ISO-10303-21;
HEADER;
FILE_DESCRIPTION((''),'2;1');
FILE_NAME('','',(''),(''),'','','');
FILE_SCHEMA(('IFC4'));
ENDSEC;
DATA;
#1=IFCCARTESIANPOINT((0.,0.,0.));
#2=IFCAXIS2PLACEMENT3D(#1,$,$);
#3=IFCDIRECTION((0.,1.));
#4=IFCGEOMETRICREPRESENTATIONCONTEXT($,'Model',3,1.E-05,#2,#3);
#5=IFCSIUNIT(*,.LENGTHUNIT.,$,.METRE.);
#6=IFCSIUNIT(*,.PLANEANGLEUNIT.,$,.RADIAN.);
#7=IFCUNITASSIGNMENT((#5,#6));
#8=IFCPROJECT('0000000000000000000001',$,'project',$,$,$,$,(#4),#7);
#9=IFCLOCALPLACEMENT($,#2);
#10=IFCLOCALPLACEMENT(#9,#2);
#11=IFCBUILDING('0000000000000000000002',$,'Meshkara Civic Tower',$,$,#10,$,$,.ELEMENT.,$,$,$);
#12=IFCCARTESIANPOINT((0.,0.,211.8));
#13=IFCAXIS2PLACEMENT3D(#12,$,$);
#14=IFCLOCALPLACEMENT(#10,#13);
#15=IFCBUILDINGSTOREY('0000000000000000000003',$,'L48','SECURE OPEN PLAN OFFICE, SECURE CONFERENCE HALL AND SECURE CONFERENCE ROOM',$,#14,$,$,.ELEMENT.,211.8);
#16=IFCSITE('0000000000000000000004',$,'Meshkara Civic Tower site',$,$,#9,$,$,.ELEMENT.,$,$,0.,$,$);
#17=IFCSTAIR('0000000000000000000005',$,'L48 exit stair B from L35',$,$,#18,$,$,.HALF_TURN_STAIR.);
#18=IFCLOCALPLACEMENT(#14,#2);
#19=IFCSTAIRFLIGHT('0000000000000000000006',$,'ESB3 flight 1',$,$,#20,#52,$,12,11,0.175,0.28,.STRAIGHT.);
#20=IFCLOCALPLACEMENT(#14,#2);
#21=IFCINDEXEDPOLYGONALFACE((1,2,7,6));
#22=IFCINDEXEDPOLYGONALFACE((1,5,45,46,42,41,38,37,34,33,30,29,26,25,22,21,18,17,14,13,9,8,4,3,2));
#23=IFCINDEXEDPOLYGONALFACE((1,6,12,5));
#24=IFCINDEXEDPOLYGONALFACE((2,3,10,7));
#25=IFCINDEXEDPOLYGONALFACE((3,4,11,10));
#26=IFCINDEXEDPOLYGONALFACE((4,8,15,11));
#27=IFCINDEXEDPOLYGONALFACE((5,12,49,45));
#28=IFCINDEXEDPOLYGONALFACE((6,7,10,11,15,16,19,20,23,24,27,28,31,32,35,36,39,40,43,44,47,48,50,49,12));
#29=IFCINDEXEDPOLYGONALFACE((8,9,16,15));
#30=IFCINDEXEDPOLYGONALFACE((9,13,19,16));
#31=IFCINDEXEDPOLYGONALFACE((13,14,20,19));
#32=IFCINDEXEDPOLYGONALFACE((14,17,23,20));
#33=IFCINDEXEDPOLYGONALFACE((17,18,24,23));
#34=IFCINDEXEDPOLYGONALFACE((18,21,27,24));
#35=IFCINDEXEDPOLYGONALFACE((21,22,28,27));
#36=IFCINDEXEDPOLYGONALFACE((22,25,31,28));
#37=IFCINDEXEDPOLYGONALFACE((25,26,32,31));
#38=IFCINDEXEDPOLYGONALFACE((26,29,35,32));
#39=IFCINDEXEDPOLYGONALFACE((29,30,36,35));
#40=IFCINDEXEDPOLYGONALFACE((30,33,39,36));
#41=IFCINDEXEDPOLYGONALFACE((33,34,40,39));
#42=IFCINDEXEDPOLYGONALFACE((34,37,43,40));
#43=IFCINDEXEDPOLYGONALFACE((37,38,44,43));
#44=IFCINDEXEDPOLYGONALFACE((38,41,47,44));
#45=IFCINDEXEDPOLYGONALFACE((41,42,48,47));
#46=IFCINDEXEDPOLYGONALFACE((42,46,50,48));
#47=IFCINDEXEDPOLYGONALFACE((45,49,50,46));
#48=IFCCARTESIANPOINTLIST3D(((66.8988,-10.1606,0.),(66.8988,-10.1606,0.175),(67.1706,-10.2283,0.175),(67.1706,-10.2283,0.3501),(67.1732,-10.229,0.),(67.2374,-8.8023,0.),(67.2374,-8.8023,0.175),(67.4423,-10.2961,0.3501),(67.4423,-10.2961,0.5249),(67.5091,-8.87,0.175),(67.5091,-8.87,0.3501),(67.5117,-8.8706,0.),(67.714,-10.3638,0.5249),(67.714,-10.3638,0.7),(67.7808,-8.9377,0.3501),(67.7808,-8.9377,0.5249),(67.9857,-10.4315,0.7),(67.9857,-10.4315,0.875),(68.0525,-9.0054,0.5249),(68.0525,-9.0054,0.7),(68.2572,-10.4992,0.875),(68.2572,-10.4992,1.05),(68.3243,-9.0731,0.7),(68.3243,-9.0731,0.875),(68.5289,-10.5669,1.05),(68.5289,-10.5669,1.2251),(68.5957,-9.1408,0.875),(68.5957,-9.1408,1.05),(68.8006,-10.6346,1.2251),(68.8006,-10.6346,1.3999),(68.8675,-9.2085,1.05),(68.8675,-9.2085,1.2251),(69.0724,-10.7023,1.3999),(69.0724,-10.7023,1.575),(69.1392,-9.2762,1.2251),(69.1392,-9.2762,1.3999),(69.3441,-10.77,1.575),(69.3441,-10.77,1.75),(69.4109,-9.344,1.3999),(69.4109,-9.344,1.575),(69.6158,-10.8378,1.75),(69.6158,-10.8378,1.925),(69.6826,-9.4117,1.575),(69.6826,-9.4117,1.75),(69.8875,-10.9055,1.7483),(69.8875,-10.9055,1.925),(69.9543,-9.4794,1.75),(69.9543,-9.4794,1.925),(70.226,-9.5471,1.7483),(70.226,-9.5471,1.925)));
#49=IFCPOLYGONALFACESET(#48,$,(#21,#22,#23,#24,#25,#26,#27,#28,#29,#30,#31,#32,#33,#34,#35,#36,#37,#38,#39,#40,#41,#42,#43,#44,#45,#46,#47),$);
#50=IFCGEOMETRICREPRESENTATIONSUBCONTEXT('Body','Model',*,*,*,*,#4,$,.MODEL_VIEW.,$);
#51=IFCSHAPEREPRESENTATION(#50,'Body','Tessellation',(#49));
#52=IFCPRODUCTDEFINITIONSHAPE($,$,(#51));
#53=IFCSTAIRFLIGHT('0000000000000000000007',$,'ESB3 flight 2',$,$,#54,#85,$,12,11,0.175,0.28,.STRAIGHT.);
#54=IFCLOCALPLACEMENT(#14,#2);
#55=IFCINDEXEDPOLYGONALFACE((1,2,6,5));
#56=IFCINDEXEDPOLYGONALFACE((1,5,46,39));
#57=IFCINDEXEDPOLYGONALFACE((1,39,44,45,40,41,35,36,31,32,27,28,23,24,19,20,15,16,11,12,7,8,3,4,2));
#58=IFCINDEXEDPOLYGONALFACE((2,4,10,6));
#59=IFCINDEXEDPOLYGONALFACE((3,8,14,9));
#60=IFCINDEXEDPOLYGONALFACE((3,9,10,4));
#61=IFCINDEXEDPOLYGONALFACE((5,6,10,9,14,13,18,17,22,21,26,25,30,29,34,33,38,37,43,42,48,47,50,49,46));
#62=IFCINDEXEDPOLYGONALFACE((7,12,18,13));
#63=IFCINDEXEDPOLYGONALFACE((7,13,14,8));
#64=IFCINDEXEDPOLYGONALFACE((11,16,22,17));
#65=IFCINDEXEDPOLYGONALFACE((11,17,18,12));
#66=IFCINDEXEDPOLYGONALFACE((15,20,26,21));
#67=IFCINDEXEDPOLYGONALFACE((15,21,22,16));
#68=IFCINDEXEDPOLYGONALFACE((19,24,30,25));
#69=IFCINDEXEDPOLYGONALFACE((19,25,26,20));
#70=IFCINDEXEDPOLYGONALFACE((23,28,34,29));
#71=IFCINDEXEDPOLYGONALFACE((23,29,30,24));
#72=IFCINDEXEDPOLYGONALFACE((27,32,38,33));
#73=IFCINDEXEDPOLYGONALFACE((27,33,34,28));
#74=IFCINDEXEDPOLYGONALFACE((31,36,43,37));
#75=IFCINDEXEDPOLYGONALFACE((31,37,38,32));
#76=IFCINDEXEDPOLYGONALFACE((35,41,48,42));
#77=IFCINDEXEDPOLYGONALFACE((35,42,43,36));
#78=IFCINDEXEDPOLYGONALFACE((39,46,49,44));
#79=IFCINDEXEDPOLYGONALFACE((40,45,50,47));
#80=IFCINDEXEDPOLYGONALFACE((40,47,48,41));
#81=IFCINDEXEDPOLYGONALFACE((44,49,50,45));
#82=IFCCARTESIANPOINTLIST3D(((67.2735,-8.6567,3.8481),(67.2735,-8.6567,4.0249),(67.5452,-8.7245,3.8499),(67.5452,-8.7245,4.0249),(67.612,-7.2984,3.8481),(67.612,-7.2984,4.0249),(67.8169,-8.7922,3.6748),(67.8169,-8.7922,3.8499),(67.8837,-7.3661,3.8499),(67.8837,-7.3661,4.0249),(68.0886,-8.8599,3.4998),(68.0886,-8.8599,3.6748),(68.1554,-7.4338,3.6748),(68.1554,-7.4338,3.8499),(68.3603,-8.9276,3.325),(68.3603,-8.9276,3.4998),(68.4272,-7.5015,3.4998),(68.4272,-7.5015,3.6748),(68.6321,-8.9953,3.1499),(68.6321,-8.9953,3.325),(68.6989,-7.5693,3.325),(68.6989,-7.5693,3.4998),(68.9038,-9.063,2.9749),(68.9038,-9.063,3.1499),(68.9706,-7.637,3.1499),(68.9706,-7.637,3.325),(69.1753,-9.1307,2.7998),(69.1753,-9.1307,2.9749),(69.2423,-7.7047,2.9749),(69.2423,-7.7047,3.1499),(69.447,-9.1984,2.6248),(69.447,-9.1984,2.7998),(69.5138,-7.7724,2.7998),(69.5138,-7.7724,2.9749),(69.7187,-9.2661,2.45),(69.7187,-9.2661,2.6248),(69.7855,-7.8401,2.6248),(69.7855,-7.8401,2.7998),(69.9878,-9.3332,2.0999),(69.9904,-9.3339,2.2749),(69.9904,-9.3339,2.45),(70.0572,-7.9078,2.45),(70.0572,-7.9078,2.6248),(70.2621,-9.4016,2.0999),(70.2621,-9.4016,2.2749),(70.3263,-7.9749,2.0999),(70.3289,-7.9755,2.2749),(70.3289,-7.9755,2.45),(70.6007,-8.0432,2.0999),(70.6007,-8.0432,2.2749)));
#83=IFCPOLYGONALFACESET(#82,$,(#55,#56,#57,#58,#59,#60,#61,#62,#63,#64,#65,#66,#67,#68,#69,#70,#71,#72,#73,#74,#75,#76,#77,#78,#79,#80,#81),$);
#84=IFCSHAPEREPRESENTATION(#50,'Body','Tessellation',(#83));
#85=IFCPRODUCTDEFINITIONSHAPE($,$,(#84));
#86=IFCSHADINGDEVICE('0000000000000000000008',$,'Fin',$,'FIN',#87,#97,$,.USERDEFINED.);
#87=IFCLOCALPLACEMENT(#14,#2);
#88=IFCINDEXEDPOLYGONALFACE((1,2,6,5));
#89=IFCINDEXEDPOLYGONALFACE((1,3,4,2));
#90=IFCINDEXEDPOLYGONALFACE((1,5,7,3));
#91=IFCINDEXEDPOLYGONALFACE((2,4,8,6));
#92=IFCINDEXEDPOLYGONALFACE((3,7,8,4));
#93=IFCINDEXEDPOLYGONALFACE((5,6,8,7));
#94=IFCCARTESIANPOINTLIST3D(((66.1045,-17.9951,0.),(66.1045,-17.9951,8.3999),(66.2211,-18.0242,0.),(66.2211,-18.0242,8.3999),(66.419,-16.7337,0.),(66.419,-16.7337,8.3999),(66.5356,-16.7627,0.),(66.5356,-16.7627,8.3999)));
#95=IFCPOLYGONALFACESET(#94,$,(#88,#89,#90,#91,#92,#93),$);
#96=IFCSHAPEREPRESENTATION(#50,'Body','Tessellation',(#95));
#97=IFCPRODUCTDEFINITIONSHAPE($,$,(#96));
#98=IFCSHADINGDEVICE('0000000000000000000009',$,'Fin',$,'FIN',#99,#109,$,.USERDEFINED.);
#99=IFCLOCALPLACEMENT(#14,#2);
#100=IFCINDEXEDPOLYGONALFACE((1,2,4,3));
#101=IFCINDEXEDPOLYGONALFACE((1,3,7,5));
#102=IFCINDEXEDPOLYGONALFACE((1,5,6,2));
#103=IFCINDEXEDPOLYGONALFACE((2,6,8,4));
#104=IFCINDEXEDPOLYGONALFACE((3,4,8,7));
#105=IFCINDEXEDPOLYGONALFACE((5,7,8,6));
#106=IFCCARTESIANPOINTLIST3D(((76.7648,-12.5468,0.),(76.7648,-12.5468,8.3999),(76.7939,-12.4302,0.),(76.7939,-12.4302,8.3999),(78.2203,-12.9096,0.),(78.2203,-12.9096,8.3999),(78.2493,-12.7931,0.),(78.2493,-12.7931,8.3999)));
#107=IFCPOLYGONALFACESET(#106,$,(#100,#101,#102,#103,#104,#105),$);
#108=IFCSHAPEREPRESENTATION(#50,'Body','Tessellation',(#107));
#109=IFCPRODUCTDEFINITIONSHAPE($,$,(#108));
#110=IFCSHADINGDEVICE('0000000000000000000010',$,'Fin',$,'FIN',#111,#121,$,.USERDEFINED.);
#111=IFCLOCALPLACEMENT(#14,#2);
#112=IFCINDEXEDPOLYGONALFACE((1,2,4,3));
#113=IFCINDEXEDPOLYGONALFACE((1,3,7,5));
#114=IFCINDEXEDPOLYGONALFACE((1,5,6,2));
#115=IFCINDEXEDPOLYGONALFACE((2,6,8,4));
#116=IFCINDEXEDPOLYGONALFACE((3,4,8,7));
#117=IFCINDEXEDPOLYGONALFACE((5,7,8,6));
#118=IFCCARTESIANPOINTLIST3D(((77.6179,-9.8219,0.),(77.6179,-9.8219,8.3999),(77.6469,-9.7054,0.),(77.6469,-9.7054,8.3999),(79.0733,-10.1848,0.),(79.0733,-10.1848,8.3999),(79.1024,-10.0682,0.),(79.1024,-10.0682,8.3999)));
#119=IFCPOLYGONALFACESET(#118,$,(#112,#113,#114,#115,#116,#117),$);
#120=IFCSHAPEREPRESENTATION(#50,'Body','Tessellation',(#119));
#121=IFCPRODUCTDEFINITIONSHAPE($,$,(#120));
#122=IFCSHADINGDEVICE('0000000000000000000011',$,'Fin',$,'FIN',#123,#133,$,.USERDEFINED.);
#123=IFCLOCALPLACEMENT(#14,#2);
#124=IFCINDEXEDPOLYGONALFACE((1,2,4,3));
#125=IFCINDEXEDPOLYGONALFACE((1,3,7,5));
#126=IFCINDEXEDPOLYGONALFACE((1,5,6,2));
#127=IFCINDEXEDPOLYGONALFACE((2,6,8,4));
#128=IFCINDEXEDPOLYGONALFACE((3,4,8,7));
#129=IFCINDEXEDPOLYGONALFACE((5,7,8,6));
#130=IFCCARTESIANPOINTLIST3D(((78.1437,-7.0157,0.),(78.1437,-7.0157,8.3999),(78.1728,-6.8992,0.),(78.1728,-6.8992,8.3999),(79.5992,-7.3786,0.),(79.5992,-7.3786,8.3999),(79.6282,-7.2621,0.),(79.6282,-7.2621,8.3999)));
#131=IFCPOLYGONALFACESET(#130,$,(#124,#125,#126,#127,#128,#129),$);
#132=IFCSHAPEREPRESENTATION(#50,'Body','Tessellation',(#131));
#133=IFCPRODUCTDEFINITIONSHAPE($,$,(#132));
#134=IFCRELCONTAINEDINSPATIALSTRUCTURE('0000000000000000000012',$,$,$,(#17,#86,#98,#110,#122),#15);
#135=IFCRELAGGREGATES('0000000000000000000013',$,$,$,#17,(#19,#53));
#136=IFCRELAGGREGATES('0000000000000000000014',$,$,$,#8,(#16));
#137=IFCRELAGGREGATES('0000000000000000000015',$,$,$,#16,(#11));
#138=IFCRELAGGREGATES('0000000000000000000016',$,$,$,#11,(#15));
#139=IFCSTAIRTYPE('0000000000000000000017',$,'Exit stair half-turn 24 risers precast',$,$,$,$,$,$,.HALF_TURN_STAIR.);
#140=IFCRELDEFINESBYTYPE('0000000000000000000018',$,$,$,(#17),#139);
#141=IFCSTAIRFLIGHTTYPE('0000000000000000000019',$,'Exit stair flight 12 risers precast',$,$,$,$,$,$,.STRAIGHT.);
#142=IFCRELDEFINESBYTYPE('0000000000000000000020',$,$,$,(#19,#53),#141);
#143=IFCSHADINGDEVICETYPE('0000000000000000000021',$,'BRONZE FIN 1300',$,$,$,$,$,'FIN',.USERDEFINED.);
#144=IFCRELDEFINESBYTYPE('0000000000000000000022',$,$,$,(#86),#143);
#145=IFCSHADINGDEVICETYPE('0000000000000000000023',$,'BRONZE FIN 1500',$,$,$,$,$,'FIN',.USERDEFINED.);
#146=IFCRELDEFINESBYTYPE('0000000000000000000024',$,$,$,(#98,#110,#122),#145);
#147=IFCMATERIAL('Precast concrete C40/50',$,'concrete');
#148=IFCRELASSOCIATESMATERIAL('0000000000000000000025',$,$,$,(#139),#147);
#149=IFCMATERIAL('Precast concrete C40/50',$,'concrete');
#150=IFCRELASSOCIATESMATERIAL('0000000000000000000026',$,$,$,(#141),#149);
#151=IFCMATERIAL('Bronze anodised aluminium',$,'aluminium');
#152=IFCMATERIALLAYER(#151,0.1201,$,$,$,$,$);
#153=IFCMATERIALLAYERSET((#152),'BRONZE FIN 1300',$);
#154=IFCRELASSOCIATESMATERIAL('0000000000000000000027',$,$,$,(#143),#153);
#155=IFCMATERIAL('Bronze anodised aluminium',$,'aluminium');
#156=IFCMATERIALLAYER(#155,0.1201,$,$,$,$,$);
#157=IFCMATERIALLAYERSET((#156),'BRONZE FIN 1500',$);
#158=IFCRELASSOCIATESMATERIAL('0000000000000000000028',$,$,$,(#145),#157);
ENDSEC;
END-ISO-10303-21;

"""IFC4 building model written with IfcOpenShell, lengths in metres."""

from ifc_helpers import new_model, si_unit, direction, frame, origin, origin_2d, place, context, subcontext, project, spatial, polyline, rectangle, outline, extrude, material, layer, layer_set, type_object, element, aggregate, save


model = new_model("IFC4")

# Units and contexts
model_context = context("Model", 3, precision=1e-05, world=origin(), true_north=direction((0.0, 1.0)))
body_context = subcontext(model_context, "Body", "Model", "MODEL_VIEW")
ifc_project = project(units=[si_unit("LENGTHUNIT", "METRE"), si_unit("PLANEANGLEUNIT", "RADIAN")], contexts=[model_context])

# Site, building, storey
site_placement = place(None, origin())
site = spatial("IfcSite", under=ifc_project, at=site_placement, Name="Meshkara Civic Tower site", CompositionType="ELEMENT", RefElevation=0.0)
building_placement = place(site_placement, origin())
building = spatial("IfcBuilding", under=site, at=building_placement, Name="Meshkara Civic Tower", CompositionType="ELEMENT")
storey_placement = place(building_placement, frame((0.0, 0.0, 211.8)))
storey = spatial("IfcBuildingStorey", under=building, at=storey_placement, Name="L48", Description="SECURE OPEN PLAN OFFICE, SECURE CONFERENCE HALL AND SECURE CONFERENCE ROOM", CompositionType="ELEMENT", Elevation=211.8)

# Stair, stair flights
ifc_material_1 = material(Name="Precast concrete C40/50", Category="concrete")
stair_type = type_object("IfcStairType", Name="Exit stair half-turn 24 risers precast", PredefinedType="HALF_TURN_STAIR", material=ifc_material_1)
stair_placement = place(storey_placement, origin())
stair = element("IfcStair", 1, at=stair_placement, inside=storey, type_object=stair_type, Name="L48 exit stair B from L35", PredefinedType="HALF_TURN_STAIR")
ifc_material_2 = material(Name="Precast concrete C40/50", Category="concrete")
stair_flight_type = type_object("IfcStairFlightType", Name="Exit stair flight 12 risers precast", PredefinedType="STRAIGHT", material=ifc_material_2)
stair_flight_1_placement = place(storey_placement, frame((67.0681, -9.4814, 0.0), z_axis=(0.0, 0.0, 1.0), x_axis=(0.970319, -0.24183, 0.0)))
stair_flight_1 = element("IfcStairFlight", 2, at=stair_flight_1_placement, type_object=stair_flight_type, Name="ESB3 flight 1", NumberOfRisers=12, NumberOfTreads=11, PredefinedType="STRAIGHT", RiserHeight=0.175, TreadLength=0.28, context=body_context, shape_type="SweptSolid", body=[
    extrude(outline(polyline([(0.0, 0.0), (0.0, 0.175), (0.28, 0.175), (0.28, 0.3501), (0.5601, 0.3501), (0.5601, 0.5249), (0.8401, 0.5249), (0.8401, 0.7), (1.1201, 0.7), (1.1201, 0.875), (1.3999, 0.875), (1.3999, 1.05), (1.6799, 1.05), (1.6799, 1.2251), (1.96, 1.2251), (1.96, 1.3999), (2.24, 1.3999), (2.24, 1.575), (2.52, 1.575), (2.52, 1.75), (2.8, 1.75), (2.8, 1.925), (3.0801, 1.925), (3.0801, 2.1001), (3.0801, 1.7483), (0.2827, 0.0), (0.0, 0.0)])), frame((0.0, 0.7, 0.0), z_axis=(0.0, -1.0, 0.0), x_axis=(1.0, 0.0, 0.0)), (0.0, 0.0, 1.0), 1.3999),
])
stair_flight_2_placement = place(storey_placement, frame((70.4314, -8.7224, 2.0999), z_axis=(0.0, 0.0, 1.0), x_axis=(-0.970319, 0.24183, 0.0)))
stair_flight_2 = element("IfcStairFlight", 3, at=stair_flight_2_placement, type_object=stair_flight_type, Name="ESB3 flight 2", NumberOfRisers=12, NumberOfTreads=11, PredefinedType="STRAIGHT", RiserHeight=0.175, TreadLength=0.28, context=body_context, shape_type="SweptSolid", body=[
    extrude(outline(polyline([(0.0, 0.0), (0.0, 0.175), (0.28, 0.175), (0.28, 0.3501), (0.5601, 0.3501), (0.5601, 0.5249), (0.8401, 0.5249), (0.8401, 0.7), (1.1201, 0.7), (1.1201, 0.875), (1.3999, 0.875), (1.3999, 1.05), (1.6799, 1.05), (1.6799, 1.2251), (1.96, 1.2251), (1.96, 1.3999), (2.24, 1.3999), (2.24, 1.575), (2.52, 1.575), (2.52, 1.75), (2.8, 1.75), (2.8, 1.925), (3.0801, 1.925), (3.0801, 2.1001), (3.0801, 1.7483), (0.2827, 0.0), (0.0, 0.0)])), frame((0.0, 0.7, 0.0), z_axis=(0.0, -1.0, 0.0), x_axis=(1.0, 0.0, 0.0)), (0.0, 0.0, 1.0), 1.3999),
])
aggregate(stair, [stair_flight_1, stair_flight_2])

# Shading devices
ifc_material_3 = material(Name="Bronze anodised aluminium", Category="aluminium")
ifc_layer_1 = layer(ifc_material_3, 0.1201)
ifc_layer_set_1 = layer_set([ifc_layer_1], Name="BRONZE FIN 1300")
shading_device_type_1 = type_object("IfcShadingDeviceType", Name="BRONZE FIN 1300", ElementType="FIN", PredefinedType="USERDEFINED", material=ifc_layer_set_1)
shading_device_placement = place(storey_placement, frame((66.3201, -17.3789, 0.0), z_axis=(0.0, 0.0, 1.0), x_axis=(0.9703, -0.241905, 0.0)))
element("IfcShadingDevice", 4, at=shading_device_placement, inside=storey, type_object=shading_device_type_1, Name="Fin", ObjectType="FIN", PredefinedType="USERDEFINED", context=body_context, shape_type="SweptSolid", body=[
    extrude(rectangle(XDim=0.1201, YDim=1.3, at=origin_2d()), origin(), (0.0, 0.0, 1.0), 8.3999),
])
ifc_material_4 = material(Name="Bronze anodised aluminium", Category="aluminium")
ifc_layer_2 = layer(ifc_material_4, 0.1201)
ifc_layer_set_2 = layer_set([ifc_layer_2], Name="BRONZE FIN 1500")
shading_device_type_2 = type_object("IfcShadingDeviceType", Name="BRONZE FIN 1500", ElementType="FIN", PredefinedType="USERDEFINED", material=ifc_layer_set_2)
for number, where, z_axis, x_axis, name in (
    (5, (77.5071, -12.6699, 0.0), (0.0, 0.0, 1.0), (0.241922, 0.970296, 0.0), "Fin"),
    (6, (78.3601, -9.9451, 0.0), (0.0, 0.0, 1.0), (0.241922, 0.970296, 0.0), "Fin"),
    (7, (78.886, -7.1389, 0.0), (0.0, 0.0, 1.0), (0.241922, 0.970296, 0.0), "Fin"),
):
    element("IfcShadingDevice", number, at=place(storey_placement, frame(where, z_axis=z_axis, x_axis=x_axis)), inside=storey, type_object=shading_device_type_2, Name=name, ObjectType="FIN", PredefinedType="USERDEFINED", context=body_context, shape_type="SweptSolid", body=[
        extrude(rectangle(XDim=0.1201, YDim=1.5, at=origin_2d()), origin(), (0.0, 0.0, 1.0), 8.3999),
    ])

save(model, "model.ifc")
